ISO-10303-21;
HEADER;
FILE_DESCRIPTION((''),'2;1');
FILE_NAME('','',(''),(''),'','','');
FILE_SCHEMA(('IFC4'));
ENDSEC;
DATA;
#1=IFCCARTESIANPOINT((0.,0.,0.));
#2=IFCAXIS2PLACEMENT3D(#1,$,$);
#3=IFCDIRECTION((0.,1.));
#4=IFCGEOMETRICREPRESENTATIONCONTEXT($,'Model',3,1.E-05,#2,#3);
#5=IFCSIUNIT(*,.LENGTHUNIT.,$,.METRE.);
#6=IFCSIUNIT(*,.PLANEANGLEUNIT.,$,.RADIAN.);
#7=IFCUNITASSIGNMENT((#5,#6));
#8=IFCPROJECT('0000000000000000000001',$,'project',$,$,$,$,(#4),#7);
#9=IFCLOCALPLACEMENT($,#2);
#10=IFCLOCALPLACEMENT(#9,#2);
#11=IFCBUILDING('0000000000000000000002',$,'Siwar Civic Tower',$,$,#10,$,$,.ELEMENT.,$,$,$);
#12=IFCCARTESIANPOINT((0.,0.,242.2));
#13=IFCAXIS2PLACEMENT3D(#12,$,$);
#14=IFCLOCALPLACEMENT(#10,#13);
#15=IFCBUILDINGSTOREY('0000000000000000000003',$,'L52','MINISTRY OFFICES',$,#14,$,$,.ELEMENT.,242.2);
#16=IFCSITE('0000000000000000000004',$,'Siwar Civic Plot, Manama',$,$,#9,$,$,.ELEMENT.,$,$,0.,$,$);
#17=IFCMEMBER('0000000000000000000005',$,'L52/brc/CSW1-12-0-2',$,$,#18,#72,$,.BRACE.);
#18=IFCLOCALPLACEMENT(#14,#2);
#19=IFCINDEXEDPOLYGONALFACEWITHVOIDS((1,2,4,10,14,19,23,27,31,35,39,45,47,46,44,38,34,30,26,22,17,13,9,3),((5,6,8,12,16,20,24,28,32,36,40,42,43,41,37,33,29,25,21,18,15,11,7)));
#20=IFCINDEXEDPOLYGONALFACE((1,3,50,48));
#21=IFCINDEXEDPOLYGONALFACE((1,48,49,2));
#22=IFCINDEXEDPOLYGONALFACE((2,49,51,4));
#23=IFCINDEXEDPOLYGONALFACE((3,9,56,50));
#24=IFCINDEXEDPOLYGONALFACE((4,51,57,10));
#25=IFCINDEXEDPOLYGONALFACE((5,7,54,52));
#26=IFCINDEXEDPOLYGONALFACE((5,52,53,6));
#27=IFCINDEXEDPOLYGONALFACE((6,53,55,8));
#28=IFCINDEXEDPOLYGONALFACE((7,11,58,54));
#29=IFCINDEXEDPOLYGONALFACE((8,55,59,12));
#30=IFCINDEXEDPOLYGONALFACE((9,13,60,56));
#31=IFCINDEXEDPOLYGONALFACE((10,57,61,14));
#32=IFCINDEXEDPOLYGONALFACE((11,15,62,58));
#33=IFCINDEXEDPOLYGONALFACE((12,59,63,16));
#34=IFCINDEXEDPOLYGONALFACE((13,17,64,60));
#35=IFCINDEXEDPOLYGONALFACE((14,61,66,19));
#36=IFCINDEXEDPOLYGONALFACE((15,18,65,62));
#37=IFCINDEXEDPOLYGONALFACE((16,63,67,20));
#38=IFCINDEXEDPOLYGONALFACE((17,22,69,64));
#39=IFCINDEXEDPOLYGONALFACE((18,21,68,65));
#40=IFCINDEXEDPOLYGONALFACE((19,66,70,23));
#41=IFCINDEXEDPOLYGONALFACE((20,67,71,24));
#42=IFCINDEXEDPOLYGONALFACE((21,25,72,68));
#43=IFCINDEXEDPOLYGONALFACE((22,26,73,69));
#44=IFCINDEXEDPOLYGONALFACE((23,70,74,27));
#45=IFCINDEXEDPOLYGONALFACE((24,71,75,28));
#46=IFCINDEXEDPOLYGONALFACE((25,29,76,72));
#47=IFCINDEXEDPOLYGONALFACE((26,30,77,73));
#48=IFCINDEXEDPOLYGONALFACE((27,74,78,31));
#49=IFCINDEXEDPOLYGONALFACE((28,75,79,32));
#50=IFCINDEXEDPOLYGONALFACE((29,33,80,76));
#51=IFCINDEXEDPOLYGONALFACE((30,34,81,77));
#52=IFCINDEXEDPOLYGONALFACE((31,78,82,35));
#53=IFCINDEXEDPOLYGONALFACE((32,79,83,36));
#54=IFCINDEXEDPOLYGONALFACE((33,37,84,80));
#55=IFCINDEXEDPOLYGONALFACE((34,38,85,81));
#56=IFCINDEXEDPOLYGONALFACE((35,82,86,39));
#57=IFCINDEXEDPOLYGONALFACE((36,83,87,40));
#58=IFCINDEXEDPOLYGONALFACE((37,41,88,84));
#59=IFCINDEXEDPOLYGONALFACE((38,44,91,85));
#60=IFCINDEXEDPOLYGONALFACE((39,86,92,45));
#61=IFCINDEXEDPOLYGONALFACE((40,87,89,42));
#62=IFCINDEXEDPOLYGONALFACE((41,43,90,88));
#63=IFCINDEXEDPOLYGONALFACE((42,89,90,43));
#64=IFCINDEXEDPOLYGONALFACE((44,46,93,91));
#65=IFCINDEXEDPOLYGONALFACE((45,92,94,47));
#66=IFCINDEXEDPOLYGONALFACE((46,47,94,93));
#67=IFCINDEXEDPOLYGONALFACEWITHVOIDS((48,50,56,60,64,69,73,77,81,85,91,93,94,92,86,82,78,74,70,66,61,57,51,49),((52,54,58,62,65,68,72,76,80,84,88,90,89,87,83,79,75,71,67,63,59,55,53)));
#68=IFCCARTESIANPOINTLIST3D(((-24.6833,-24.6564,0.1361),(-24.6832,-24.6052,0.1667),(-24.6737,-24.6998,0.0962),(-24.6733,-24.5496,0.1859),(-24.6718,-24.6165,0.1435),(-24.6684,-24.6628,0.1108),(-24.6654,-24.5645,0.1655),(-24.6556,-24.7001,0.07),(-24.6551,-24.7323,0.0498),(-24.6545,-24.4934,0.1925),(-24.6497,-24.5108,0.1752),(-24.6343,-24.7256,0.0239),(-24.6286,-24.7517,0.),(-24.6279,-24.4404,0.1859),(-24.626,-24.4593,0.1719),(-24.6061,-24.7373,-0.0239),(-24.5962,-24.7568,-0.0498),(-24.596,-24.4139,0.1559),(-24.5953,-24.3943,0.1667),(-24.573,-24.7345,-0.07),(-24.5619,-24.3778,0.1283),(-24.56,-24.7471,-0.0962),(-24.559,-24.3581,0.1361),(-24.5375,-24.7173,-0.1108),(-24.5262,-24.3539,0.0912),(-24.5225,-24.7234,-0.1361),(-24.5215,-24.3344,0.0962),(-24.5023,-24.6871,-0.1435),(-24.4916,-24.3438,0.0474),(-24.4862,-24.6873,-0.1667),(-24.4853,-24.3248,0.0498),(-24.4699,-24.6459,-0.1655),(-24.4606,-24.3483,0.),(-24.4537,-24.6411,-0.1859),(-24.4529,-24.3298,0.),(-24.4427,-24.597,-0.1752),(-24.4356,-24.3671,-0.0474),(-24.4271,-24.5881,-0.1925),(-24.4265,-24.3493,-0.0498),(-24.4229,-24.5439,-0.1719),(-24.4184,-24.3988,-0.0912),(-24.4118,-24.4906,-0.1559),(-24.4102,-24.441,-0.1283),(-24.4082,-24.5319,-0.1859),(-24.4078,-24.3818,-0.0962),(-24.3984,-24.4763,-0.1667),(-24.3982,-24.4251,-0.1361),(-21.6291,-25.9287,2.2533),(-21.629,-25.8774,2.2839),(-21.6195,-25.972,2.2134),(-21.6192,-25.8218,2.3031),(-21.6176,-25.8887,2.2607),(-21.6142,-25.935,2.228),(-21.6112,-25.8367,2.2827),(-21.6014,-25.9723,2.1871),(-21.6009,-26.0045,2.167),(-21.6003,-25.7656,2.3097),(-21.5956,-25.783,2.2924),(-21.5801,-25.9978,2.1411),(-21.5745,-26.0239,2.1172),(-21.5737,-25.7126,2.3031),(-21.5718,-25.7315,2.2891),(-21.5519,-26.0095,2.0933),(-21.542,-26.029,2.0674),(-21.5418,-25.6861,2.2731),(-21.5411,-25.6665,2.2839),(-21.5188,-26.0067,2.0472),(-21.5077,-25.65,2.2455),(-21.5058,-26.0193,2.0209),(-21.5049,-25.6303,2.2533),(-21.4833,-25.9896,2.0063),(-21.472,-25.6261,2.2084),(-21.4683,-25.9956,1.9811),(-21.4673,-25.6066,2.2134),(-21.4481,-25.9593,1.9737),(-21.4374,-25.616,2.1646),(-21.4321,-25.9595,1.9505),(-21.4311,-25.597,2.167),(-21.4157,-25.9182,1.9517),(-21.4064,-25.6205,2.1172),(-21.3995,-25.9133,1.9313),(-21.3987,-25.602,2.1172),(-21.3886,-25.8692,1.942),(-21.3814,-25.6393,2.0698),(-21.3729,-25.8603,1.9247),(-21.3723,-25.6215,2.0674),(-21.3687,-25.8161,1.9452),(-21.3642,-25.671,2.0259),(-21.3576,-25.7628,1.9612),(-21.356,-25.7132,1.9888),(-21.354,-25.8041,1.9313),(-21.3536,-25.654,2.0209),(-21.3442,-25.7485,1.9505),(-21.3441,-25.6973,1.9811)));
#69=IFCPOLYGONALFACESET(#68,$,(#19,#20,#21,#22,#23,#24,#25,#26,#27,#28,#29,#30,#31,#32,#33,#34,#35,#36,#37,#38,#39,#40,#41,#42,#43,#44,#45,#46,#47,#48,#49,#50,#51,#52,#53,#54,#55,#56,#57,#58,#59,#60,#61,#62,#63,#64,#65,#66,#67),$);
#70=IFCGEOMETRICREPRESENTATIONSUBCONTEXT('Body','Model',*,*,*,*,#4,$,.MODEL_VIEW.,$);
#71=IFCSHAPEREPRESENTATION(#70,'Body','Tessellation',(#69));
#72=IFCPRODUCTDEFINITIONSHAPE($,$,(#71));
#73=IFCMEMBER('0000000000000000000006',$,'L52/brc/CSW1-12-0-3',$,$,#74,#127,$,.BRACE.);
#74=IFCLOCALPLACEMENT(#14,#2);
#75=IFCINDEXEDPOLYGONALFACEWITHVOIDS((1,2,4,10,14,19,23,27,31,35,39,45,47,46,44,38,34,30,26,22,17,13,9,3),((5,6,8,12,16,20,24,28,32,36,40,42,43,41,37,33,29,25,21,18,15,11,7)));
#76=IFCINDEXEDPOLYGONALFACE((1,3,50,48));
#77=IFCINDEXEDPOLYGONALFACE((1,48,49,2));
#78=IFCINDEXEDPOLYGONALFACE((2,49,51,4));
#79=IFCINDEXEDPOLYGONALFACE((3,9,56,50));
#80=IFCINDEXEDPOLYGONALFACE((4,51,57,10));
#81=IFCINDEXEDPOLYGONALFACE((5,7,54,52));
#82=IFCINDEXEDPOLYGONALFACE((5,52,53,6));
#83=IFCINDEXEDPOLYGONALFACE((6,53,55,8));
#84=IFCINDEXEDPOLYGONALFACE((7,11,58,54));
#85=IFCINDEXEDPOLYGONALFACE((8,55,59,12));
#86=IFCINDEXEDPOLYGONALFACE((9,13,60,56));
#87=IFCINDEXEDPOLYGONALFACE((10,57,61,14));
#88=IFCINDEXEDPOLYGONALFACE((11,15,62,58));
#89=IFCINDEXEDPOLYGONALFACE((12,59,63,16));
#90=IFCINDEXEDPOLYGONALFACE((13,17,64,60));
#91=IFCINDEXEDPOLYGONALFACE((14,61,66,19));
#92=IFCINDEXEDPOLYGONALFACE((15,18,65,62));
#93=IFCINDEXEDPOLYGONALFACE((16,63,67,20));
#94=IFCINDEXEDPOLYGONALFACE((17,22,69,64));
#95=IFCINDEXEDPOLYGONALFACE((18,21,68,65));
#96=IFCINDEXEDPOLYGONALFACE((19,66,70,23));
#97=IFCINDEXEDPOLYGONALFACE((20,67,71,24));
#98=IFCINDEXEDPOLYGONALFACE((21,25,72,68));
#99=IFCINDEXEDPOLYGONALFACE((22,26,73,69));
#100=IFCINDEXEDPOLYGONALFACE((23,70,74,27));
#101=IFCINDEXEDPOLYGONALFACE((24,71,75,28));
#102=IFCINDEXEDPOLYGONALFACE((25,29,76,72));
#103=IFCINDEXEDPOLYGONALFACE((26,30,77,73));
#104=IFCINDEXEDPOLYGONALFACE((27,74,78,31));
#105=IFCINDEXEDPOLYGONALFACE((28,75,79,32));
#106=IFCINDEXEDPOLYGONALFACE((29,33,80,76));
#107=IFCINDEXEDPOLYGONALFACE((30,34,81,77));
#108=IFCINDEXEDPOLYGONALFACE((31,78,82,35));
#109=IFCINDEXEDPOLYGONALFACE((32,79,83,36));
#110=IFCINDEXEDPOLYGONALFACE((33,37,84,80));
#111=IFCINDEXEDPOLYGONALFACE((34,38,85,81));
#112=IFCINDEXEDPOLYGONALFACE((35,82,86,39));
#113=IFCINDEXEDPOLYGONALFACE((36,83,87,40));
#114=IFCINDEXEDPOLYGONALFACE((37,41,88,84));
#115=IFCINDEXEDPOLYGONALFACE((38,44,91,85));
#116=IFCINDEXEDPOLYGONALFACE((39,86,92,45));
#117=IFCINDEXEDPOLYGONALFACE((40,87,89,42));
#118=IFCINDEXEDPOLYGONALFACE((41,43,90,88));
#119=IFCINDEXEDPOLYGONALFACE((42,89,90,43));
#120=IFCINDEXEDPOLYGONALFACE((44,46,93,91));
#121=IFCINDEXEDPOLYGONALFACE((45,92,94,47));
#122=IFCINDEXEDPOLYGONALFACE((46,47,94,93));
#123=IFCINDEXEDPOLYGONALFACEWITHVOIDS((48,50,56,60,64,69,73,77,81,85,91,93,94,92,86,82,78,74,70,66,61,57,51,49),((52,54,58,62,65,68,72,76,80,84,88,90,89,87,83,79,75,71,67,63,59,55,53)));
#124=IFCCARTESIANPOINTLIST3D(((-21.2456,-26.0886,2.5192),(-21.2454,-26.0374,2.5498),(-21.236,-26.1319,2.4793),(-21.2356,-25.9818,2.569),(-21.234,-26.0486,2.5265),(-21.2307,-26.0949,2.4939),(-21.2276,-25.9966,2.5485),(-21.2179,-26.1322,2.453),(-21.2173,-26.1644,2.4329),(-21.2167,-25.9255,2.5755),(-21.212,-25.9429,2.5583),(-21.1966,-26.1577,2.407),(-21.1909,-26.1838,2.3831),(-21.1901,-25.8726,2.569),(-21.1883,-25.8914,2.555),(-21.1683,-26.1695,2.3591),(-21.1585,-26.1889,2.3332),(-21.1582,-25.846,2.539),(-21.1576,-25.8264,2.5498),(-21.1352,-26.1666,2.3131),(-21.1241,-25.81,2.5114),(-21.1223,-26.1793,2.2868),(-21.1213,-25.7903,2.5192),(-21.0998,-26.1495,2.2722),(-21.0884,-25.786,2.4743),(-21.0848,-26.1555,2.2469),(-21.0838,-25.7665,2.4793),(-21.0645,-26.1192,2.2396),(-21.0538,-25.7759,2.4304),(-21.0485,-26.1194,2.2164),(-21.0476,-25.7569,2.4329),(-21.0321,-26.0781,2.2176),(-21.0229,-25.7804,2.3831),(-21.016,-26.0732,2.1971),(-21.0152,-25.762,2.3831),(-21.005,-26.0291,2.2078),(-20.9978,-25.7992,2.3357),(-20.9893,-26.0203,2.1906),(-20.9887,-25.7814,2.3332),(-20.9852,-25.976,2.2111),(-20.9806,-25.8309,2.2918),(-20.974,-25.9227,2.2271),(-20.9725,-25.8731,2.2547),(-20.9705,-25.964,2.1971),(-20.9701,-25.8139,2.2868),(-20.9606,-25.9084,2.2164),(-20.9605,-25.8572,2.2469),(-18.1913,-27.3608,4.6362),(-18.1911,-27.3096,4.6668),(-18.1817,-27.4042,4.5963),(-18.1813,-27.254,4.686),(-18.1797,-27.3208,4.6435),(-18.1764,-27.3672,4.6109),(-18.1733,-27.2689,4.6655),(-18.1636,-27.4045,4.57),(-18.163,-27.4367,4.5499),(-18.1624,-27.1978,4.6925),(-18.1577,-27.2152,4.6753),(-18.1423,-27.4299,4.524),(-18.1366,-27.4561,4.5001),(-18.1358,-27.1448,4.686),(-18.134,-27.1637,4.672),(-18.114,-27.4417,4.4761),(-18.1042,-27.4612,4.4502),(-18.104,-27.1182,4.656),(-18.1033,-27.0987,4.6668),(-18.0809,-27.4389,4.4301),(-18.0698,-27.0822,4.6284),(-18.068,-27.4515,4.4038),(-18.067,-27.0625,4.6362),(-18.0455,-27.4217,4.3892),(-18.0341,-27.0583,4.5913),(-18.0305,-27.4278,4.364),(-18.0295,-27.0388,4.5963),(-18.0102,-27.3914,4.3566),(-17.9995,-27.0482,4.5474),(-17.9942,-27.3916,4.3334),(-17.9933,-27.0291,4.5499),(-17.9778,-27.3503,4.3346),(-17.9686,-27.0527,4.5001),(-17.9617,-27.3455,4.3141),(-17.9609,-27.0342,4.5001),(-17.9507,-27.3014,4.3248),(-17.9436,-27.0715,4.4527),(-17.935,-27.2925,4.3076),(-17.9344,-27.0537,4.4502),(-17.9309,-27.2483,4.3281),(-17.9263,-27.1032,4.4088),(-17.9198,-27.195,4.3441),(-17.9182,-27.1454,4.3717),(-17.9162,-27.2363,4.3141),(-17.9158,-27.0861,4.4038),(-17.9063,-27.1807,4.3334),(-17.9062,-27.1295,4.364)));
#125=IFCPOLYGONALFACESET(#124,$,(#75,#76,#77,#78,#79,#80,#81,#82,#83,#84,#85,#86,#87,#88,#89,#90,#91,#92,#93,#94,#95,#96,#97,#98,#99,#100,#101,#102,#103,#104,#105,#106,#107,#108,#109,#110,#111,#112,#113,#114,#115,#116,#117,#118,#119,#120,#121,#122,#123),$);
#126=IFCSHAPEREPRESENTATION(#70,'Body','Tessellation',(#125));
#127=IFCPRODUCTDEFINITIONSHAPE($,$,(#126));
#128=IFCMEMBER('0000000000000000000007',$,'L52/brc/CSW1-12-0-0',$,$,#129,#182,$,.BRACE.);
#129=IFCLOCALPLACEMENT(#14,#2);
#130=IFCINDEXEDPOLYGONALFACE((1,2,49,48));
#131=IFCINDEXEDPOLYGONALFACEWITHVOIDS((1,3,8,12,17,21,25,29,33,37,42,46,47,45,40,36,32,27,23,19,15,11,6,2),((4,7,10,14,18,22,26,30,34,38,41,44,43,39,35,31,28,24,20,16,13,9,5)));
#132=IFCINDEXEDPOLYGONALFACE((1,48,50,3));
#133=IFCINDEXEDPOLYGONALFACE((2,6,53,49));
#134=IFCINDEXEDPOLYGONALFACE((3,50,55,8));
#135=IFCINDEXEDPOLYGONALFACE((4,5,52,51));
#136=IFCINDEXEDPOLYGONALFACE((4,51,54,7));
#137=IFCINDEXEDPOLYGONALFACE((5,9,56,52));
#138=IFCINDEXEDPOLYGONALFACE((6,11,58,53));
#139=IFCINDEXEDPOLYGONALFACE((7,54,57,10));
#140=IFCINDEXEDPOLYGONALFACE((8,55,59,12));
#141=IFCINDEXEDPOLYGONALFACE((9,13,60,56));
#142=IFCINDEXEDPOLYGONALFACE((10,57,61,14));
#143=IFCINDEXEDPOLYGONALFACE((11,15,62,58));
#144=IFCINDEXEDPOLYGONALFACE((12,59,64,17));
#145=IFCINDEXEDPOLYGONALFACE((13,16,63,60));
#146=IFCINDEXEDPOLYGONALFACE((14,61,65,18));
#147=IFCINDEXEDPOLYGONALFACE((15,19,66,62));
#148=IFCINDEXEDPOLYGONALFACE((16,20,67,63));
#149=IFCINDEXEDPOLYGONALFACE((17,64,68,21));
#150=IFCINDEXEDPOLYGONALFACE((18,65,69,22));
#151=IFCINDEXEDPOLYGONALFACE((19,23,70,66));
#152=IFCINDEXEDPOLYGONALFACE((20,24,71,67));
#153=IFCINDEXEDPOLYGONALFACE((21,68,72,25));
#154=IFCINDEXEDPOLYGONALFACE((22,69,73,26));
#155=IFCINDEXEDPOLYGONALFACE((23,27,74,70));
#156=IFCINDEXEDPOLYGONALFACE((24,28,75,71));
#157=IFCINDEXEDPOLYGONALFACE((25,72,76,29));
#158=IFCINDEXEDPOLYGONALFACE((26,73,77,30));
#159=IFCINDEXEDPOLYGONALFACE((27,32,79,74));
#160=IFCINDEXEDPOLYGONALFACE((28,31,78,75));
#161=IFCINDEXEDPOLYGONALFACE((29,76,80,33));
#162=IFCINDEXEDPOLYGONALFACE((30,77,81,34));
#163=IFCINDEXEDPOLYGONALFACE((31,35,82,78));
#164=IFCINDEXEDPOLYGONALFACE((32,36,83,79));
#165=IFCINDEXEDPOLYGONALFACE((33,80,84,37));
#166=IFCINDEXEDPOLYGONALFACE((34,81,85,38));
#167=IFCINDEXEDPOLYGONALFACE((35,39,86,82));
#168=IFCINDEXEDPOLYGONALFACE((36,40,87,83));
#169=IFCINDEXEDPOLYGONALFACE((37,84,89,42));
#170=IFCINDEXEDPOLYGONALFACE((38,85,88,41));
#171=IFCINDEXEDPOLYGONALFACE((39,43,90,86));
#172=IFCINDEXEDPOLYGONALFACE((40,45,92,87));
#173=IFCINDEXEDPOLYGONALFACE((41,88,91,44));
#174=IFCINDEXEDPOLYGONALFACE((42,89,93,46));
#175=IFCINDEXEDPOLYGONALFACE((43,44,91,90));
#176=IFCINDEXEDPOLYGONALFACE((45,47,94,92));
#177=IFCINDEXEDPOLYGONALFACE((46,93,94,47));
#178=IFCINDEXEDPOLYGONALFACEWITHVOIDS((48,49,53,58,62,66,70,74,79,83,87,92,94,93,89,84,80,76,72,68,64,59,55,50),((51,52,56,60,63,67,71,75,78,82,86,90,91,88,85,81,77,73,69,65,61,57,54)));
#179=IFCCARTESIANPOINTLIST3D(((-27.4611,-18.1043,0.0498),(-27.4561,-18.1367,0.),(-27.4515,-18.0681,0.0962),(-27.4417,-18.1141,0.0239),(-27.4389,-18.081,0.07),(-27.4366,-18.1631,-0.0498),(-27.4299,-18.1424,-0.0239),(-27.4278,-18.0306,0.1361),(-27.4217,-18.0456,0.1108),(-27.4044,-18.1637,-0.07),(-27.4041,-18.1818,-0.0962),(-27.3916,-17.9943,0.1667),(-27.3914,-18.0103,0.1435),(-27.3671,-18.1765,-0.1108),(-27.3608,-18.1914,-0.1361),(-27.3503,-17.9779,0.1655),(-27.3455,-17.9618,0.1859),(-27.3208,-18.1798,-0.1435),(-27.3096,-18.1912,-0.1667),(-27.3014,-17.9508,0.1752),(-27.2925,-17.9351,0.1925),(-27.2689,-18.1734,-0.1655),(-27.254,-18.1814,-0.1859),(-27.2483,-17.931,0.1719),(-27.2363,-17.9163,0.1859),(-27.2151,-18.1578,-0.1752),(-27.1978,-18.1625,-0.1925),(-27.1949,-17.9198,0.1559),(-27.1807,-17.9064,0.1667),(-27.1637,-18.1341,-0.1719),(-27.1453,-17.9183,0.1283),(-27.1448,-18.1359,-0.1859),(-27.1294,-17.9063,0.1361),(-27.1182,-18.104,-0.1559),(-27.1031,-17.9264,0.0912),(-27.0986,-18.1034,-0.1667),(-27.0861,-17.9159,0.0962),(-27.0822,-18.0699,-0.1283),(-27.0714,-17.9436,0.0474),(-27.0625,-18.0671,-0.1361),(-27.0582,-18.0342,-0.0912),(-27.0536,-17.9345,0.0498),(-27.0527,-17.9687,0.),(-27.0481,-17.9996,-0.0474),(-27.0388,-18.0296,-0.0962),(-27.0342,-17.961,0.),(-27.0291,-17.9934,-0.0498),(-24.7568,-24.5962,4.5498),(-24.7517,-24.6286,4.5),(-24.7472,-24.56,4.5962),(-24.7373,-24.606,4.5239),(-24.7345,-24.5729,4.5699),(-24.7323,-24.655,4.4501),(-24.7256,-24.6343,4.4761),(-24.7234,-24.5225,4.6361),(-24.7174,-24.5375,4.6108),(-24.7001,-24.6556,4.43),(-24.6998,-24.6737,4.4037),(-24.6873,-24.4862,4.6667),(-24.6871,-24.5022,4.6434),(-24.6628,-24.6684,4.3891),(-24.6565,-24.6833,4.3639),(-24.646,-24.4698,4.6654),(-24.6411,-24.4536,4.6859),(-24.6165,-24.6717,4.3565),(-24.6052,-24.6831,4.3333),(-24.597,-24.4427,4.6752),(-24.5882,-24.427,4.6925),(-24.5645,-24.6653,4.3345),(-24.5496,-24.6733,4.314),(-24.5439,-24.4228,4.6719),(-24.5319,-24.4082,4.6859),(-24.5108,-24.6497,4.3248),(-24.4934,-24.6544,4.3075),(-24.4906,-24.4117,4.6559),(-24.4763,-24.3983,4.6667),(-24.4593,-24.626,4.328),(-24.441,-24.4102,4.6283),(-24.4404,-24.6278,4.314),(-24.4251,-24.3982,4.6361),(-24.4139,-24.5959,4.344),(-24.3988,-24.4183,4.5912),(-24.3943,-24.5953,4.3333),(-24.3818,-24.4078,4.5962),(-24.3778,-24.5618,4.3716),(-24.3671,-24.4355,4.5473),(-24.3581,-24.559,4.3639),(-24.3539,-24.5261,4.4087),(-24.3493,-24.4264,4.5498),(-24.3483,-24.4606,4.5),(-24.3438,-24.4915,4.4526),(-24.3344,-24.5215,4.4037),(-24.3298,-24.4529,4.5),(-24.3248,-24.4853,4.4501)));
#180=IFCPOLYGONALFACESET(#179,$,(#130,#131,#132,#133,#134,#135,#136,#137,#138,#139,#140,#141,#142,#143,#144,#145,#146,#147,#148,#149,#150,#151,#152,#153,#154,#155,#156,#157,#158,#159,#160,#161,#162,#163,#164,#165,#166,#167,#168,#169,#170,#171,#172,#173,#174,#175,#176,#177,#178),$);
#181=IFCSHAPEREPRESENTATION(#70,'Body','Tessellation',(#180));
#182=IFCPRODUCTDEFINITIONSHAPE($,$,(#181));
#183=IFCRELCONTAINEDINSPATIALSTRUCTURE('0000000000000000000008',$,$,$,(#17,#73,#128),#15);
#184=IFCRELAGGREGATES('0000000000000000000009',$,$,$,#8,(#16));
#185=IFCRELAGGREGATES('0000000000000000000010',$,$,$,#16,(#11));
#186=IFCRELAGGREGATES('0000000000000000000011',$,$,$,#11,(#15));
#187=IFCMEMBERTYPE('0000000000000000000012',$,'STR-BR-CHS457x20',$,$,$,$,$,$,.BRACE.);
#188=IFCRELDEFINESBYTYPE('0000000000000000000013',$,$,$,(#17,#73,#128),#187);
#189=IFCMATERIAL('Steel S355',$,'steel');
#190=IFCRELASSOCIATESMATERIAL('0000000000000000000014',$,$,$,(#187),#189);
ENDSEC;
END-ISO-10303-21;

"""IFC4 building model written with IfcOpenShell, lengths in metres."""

from ifc_helpers import new_model, si_unit, direction, frame, origin, origin_2d, place, context, subcontext, project, spatial, hollow_circle, extrude, material, material_profile, profile_set, type_object, element, save


model = new_model("IFC4")

# Units and contexts
model_context = context("Model", 3, precision=1e-05, world=origin(), true_north=direction((0.0, 1.0)))
body_context = subcontext(model_context, "Body", "Model", "MODEL_VIEW")
ifc_project = project(units=[si_unit("LENGTHUNIT", "METRE"), si_unit("PLANEANGLEUNIT", "RADIAN")], contexts=[model_context])

# Site, building, storey
site_placement = place(None, origin())
site = spatial("IfcSite", under=ifc_project, at=site_placement, Name="Siwar Civic Plot, Manama", CompositionType="ELEMENT", RefElevation=0.0)
building_placement = place(site_placement, origin())
building = spatial("IfcBuilding", under=site, at=building_placement, Name="Siwar Civic Tower", CompositionType="ELEMENT")
storey_placement = place(building_placement, frame((0.0, 0.0, 242.2)))
storey = spatial("IfcBuildingStorey", under=building, at=storey_placement, Name="L52", Description="MINISTRY OFFICES", CompositionType="ELEMENT", Elevation=242.2)

# Members
ifc_material_1 = material(Name="Steel S355", Category="steel")
ifc_material_profile_1 = material_profile(ifc_material_1, hollow_circle(Radius=0.2285, WallThickness=0.02, at=origin_2d()), Name="CHS457x20")
ifc_profile_set_1 = profile_set([ifc_material_profile_1], Name="Steel S355")
member_type_1 = type_object("IfcMemberType", Name="STR-BR-CHS457x20", PredefinedType="BRACE", material=ifc_profile_set_1)
for number, where, z_axis, x_axis, name in (
    (1, (-24.5408, -24.5408, 0.0), (0.777546, -0.323884, 0.538999), (0.384521, 0.923116, 0.0), "L52/brc/CSW1-12-0-2"),
    (2, (-21.103, -25.9729, 2.3831), (0.777572, -0.323895, 0.538955), (0.384521, 0.923116, 0.0), "L52/brc/CSW1-12-0-3"),
):
    element("IfcMember", number, at=place(storey_placement, frame(where, z_axis=z_axis, x_axis=x_axis)), inside=storey, type_object=member_type_1, Name=name, PredefinedType="BRACE", context=body_context, shape_type="SweptSolid", body=[
        extrude(hollow_circle(Radius=0.2285, WallThickness=0.02, at=origin_2d()), origin(), (0.0, 0.0, 1.0), 3.928),
    ])
member_1_placement = place(storey_placement, frame((-27.2451, -18.0488, 0.0), z_axis=(0.323906, -0.777555, 0.538975), x_axis=(0.923109, 0.384539, 0.0)))
element("IfcMember", 3, at=member_1_placement, inside=storey, type_object=member_type_1, Name="L52/brc/CSW1-12-0-0", PredefinedType="BRACE", context=body_context, shape_type="SweptSolid", body=[
    extrude(hollow_circle(Radius=0.2285, WallThickness=0.02, at=origin_2d()), origin(), (0.0, 0.0, 1.0), 8.3491),
])

save(model, "model.ifc")
